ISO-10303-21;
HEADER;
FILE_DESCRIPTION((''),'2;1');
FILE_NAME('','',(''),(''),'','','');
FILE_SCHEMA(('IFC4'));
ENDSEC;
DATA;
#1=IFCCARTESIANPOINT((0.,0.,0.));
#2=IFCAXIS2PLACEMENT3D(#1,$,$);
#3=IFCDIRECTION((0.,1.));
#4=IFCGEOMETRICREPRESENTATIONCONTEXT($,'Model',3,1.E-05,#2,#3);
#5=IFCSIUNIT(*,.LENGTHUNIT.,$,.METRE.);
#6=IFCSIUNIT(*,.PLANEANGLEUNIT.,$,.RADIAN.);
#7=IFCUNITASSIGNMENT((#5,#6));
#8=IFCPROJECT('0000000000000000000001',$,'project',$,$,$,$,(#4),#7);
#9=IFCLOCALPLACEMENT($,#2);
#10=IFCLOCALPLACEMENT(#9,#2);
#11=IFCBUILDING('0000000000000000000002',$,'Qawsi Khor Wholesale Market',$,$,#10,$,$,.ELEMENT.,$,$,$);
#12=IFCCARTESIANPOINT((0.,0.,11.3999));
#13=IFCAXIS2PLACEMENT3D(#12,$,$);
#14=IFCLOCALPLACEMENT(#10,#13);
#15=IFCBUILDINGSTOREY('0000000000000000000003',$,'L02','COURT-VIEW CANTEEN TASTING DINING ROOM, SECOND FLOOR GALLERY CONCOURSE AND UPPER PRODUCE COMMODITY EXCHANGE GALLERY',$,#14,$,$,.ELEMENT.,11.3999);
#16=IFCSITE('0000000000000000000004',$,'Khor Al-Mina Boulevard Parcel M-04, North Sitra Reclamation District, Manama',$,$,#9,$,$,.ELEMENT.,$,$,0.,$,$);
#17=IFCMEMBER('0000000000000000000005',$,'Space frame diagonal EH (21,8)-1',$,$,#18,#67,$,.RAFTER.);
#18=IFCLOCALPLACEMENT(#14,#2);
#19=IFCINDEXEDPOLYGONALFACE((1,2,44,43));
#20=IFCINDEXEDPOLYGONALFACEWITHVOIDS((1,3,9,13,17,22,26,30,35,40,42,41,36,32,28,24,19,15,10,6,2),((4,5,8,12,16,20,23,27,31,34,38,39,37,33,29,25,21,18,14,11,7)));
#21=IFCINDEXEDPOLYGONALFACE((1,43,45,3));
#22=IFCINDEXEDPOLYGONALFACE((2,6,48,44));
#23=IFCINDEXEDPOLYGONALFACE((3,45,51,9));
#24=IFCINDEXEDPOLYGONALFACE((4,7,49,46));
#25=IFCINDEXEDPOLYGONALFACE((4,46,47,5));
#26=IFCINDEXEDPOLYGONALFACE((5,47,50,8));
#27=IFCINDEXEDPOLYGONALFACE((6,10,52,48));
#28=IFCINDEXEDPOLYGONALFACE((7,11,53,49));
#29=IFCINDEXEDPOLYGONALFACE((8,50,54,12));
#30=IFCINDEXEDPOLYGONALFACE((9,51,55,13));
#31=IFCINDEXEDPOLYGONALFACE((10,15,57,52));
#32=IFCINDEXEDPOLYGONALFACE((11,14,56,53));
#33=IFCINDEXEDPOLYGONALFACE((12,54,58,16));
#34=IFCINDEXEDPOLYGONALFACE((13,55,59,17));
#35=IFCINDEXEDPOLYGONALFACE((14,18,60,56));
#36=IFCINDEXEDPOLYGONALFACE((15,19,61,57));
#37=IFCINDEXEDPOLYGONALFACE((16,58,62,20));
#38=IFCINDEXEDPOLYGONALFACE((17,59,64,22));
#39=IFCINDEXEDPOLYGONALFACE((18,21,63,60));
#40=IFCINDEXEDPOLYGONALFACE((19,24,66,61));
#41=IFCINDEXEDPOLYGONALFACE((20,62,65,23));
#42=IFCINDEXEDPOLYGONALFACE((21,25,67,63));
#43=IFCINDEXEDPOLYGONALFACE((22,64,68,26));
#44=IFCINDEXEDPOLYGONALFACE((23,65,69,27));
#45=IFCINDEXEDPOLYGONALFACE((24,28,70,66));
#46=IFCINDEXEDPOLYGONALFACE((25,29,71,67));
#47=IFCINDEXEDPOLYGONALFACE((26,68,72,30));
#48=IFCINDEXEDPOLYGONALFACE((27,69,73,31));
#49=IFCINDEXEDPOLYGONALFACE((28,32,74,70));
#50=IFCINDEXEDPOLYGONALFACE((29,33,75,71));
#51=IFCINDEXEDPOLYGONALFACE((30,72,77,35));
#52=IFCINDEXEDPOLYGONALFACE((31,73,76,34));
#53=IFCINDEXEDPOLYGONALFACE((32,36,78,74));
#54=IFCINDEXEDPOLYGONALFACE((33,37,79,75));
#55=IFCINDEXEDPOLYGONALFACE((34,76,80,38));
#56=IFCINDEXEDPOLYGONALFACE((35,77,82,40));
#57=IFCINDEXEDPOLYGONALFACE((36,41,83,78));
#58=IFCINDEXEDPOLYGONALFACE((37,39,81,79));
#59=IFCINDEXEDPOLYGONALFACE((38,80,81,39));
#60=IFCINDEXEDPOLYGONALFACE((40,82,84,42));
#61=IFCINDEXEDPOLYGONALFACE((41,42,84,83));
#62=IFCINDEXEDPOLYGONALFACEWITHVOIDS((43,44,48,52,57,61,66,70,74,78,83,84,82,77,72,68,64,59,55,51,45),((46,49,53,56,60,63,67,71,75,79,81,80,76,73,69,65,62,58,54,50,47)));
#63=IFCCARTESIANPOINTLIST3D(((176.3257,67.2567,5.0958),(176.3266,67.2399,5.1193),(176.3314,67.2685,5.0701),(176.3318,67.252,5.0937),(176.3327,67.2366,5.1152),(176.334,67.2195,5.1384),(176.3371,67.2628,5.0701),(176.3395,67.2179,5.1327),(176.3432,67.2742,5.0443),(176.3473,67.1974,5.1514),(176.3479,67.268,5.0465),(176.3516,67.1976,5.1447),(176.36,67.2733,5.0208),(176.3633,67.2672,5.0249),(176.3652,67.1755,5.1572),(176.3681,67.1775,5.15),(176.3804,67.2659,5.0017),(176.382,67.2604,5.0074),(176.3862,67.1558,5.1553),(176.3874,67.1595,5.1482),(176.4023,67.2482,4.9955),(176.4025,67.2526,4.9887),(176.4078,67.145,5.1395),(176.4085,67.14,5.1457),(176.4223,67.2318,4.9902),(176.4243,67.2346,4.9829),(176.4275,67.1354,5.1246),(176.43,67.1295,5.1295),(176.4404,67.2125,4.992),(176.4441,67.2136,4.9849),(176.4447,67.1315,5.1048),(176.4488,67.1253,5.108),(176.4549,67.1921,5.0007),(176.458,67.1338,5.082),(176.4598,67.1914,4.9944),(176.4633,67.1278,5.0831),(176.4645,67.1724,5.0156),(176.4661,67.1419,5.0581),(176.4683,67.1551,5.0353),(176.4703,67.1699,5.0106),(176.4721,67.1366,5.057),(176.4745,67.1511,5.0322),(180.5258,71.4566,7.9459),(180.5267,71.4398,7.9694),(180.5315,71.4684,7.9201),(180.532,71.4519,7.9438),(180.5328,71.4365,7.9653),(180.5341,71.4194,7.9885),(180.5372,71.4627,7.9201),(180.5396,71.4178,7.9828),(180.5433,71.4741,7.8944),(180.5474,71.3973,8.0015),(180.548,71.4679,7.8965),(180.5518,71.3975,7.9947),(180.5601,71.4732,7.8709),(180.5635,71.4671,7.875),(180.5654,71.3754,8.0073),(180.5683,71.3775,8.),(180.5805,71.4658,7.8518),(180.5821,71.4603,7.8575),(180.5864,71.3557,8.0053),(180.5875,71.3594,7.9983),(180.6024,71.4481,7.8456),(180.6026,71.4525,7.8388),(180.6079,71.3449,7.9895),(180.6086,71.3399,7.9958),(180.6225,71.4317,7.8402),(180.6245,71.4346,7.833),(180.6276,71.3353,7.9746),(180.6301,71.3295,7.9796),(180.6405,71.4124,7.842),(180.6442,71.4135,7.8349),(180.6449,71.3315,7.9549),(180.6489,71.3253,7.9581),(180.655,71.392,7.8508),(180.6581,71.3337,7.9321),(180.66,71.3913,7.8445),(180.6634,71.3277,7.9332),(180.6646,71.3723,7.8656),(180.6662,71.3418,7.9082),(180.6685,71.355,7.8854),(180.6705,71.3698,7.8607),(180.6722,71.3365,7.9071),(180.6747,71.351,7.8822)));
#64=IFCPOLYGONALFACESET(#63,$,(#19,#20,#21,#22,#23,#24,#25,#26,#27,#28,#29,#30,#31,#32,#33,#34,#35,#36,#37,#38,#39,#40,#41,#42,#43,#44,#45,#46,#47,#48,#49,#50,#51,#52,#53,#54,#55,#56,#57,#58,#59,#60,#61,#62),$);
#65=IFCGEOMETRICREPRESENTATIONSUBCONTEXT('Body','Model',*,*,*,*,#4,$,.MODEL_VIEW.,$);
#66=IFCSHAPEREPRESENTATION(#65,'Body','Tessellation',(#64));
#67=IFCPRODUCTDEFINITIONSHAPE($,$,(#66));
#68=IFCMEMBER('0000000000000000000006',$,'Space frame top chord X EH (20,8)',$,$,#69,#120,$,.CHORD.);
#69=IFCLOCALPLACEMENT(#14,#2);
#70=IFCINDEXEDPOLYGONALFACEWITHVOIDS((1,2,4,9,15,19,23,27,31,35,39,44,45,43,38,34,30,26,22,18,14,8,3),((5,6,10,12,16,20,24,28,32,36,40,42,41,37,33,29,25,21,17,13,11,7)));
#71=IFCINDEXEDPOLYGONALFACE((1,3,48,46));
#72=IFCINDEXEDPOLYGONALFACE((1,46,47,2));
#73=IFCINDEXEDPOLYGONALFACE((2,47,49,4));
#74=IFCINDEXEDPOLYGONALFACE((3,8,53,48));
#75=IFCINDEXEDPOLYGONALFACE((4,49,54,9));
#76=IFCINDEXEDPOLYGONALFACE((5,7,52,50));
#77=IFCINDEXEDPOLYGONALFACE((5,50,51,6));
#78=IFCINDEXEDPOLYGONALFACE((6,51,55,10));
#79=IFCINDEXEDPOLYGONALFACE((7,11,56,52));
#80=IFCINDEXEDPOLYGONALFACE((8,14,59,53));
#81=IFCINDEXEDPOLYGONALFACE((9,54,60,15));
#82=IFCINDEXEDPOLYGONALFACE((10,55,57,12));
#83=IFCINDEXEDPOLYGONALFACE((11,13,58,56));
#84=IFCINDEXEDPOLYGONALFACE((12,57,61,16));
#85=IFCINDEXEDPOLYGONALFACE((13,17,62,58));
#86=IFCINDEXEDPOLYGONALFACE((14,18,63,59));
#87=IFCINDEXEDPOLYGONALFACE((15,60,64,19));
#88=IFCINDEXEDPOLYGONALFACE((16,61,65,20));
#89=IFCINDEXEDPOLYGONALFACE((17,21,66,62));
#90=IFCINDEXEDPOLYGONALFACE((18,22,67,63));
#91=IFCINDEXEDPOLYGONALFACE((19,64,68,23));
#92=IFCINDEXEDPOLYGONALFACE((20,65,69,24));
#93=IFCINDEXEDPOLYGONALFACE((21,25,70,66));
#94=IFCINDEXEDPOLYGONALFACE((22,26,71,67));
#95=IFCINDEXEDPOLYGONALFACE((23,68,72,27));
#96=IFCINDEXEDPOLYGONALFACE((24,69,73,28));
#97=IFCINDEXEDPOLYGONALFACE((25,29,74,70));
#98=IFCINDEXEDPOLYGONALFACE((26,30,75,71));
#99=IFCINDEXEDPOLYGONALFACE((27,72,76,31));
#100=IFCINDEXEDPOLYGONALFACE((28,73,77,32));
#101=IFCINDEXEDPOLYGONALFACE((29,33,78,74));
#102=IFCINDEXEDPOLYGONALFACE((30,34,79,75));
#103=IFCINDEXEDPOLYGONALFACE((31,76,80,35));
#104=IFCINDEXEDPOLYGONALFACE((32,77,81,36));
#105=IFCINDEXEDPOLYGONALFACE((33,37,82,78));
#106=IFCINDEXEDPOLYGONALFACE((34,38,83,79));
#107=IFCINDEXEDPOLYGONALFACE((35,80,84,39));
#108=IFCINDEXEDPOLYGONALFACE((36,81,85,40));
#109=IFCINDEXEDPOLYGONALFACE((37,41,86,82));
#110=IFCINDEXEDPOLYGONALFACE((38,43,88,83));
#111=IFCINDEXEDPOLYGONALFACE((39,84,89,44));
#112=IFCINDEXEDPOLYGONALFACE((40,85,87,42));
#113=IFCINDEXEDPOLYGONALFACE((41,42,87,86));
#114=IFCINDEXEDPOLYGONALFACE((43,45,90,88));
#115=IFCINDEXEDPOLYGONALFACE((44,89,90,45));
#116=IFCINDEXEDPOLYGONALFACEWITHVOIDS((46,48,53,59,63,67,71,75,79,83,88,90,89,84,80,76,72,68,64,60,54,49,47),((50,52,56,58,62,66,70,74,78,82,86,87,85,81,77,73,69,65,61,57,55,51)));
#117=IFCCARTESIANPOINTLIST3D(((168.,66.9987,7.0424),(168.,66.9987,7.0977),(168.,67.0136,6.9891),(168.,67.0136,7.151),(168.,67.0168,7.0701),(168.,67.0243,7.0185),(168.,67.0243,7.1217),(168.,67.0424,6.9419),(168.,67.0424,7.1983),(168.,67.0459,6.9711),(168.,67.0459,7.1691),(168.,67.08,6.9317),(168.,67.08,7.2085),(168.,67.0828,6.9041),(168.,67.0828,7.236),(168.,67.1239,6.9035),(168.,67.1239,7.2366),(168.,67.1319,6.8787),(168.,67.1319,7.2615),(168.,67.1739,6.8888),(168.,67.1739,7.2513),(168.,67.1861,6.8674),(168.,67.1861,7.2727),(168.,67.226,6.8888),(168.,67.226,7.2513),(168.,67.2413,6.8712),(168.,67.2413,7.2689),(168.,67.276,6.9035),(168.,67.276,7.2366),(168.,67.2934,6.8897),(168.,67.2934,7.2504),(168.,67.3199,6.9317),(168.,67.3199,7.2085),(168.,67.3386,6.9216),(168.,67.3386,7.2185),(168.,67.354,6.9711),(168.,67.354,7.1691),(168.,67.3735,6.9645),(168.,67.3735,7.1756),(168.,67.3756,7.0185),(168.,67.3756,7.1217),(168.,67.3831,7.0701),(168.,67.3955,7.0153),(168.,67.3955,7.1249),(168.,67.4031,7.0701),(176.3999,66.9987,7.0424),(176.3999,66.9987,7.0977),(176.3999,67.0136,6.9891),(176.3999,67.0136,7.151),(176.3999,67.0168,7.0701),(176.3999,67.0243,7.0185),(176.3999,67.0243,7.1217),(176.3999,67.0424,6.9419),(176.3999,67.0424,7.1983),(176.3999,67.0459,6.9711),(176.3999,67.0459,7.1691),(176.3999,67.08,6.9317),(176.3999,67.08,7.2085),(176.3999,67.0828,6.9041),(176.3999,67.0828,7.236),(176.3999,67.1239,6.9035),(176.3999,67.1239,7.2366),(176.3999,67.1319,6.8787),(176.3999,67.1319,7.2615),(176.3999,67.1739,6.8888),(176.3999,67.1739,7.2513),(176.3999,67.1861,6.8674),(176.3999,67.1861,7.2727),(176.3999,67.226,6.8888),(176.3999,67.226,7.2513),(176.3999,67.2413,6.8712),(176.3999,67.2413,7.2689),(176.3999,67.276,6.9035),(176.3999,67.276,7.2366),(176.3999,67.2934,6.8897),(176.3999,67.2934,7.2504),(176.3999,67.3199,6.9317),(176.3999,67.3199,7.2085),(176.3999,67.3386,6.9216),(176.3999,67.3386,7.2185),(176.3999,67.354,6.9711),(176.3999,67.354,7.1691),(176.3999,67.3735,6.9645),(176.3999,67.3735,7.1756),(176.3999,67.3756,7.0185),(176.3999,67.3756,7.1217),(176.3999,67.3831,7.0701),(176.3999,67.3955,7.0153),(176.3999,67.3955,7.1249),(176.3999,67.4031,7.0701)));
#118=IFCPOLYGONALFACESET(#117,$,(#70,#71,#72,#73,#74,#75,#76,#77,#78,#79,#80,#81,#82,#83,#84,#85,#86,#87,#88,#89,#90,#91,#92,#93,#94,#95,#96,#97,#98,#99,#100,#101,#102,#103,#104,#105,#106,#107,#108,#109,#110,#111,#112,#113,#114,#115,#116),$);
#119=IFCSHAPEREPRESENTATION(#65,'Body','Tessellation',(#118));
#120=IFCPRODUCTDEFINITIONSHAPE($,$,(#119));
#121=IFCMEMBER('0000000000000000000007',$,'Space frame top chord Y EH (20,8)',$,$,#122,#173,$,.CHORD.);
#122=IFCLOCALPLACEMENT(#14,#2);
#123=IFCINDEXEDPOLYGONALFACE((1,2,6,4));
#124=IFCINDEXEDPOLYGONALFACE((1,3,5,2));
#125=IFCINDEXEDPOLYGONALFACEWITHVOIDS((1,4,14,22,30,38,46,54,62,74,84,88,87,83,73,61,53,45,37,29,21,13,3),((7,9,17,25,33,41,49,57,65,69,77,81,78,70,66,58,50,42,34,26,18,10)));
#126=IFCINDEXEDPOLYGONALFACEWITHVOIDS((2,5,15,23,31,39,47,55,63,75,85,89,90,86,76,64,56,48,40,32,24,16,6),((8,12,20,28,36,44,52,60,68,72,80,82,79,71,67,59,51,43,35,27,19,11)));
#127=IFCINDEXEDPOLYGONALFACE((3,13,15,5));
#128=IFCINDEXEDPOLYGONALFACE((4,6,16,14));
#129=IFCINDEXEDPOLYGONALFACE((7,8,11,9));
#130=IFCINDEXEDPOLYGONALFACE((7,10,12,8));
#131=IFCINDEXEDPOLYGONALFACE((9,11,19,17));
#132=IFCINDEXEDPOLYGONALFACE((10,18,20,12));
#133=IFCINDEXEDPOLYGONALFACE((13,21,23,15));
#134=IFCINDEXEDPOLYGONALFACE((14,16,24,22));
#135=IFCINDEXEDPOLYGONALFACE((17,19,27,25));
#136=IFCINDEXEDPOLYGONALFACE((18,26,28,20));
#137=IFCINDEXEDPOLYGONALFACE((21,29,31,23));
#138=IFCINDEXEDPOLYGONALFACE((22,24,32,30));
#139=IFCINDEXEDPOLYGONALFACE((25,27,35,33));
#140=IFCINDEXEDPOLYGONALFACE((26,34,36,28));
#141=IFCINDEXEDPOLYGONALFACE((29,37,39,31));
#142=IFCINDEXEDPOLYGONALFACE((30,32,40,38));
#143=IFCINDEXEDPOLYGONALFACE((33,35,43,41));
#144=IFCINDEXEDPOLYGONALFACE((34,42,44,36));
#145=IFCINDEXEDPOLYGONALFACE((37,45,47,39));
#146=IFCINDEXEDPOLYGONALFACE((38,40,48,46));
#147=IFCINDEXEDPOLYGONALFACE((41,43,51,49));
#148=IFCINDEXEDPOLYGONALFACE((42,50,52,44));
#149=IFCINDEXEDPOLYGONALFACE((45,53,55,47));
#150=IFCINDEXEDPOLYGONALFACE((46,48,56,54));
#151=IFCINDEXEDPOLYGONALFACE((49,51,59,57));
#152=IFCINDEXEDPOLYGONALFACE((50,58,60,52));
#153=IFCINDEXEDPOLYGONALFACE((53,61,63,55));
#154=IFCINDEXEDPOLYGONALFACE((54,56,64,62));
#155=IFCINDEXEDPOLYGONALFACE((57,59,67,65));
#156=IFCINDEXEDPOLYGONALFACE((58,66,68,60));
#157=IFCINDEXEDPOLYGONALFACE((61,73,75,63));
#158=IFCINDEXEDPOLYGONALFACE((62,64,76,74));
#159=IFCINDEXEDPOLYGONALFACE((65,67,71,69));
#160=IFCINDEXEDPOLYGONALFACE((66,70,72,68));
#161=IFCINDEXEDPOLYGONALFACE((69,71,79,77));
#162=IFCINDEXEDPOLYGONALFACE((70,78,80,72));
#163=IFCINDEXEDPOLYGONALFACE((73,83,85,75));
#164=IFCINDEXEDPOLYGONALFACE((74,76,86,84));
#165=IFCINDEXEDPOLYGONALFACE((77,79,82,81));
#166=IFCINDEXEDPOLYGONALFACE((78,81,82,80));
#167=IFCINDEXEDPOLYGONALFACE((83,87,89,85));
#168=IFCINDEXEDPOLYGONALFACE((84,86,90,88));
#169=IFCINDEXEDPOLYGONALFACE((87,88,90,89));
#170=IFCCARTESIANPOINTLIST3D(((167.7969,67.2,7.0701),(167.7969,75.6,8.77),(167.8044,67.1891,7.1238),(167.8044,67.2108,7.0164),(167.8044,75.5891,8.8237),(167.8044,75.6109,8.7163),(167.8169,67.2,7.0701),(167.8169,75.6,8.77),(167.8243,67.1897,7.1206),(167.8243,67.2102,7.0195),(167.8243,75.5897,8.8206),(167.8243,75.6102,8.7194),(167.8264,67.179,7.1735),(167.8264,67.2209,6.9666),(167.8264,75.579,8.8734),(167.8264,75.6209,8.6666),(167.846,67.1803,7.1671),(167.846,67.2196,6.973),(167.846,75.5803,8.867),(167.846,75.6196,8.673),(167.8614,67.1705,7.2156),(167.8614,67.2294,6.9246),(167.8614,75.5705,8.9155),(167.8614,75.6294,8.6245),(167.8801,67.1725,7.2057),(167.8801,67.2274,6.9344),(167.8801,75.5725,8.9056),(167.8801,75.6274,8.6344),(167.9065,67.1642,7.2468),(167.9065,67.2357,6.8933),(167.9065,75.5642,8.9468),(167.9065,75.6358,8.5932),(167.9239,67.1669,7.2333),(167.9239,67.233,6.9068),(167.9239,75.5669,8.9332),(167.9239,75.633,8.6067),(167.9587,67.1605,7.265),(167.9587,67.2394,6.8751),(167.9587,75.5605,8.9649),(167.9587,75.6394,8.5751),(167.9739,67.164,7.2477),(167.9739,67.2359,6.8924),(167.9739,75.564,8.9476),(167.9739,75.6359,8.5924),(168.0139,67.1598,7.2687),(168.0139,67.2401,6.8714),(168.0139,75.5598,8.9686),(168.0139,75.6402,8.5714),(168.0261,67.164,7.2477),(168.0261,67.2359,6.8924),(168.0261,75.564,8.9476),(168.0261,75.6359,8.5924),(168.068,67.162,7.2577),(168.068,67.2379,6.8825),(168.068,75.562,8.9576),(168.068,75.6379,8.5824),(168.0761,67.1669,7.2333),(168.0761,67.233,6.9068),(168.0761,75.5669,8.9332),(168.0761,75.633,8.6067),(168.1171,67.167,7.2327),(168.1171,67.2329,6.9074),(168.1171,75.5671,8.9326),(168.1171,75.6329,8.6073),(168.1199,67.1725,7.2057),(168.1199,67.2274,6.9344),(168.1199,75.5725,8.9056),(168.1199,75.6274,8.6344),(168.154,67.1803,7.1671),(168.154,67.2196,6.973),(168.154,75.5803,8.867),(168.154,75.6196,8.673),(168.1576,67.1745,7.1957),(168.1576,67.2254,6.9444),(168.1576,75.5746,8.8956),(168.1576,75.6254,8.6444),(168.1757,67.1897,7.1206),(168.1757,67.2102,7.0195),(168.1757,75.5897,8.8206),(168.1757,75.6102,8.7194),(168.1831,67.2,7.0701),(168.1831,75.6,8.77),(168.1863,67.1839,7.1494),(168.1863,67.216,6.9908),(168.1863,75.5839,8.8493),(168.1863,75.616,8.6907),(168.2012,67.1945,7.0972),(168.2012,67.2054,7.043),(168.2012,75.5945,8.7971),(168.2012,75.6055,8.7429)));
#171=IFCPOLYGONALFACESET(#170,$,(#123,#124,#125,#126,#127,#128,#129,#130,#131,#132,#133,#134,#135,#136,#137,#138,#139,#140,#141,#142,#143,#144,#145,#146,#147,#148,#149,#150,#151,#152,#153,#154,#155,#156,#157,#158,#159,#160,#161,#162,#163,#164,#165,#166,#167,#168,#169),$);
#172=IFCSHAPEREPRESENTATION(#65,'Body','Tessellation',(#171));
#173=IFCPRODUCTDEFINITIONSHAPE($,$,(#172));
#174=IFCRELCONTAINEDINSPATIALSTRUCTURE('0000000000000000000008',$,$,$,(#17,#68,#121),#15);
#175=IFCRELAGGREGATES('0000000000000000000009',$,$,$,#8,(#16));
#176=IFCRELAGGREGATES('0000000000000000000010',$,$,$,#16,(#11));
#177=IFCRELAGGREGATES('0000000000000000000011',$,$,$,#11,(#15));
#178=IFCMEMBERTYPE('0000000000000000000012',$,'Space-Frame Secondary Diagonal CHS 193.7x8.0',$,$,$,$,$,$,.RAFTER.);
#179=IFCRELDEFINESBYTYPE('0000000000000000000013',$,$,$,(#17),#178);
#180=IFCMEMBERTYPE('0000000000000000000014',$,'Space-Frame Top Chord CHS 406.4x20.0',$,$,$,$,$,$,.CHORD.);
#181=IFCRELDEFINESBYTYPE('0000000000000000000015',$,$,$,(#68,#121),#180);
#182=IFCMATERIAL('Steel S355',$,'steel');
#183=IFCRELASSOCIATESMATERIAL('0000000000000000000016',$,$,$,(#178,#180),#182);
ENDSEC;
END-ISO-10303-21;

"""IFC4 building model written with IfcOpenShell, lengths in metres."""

from ifc_helpers import new_model, si_unit, direction, frame, origin, origin_2d, place, context, subcontext, project, spatial, hollow_circle, extrude, material, material_profile, profile_set, type_object, element, save


model = new_model("IFC4")

# Units and contexts
model_context = context("Model", 3, precision=1e-05, world=origin(), true_north=direction((0.0, 1.0)))
body_context = subcontext(model_context, "Body", "Model", "MODEL_VIEW")
ifc_project = project(units=[si_unit("LENGTHUNIT", "METRE"), si_unit("PLANEANGLEUNIT", "RADIAN")], contexts=[model_context])

# Site, building, storey
site_placement = place(None, origin())
site = spatial("IfcSite", under=ifc_project, at=site_placement, Name="Khor Al-Mina Boulevard Parcel M-04, North Sitra Reclamation District, Manama", CompositionType="ELEMENT", RefElevation=0.0)
building_placement = place(site_placement, origin())
building = spatial("IfcBuilding", under=site, at=building_placement, Name="Qawsi Khor Wholesale Market", CompositionType="ELEMENT")
storey_placement = place(building_placement, frame((0.0, 0.0, 11.3999)))
storey = spatial("IfcBuildingStorey", under=building, at=storey_placement, Name="L02", Description="COURT-VIEW CANTEEN TASTING DINING ROOM, SECOND FLOOR GALLERY CONCOURSE AND UPPER PRODUCE COMMODITY EXCHANGE GALLERY", CompositionType="ELEMENT", Elevation=11.3999)

# Members
ifc_material_1 = material(Name="Steel S355", Category="steel")
ifc_material_profile_1 = material_profile(ifc_material_1, hollow_circle(Radius=0.0969, WallThickness=0.0081, at=origin_2d()), Name="CHS 193.7x8.0")
ifc_profile_set_1 = profile_set([ifc_material_profile_1], Name="Steel S355")
member_type_1 = type_object("IfcMemberType", Name="Space-Frame Secondary Diagonal CHS 193.7x8.0", PredefinedType="RAFTER", material=ifc_profile_set_1)
member_1_placement = place(storey_placement, frame((176.3999, 67.2, 5.0701), z_axis=(0.637534, 0.637497, 0.432607), x_axis=(-0.707086, 0.707127, 0.0)))
element("IfcMember", 1, at=member_1_placement, inside=storey, type_object=member_type_1, Name="Space frame diagonal EH (21,8)-1", PredefinedType="RAFTER", context=body_context, shape_type="SweptSolid", body=[
    extrude(hollow_circle(Radius=0.0969, WallThickness=0.0081, at=origin_2d()), origin(), (0.0, 0.0, 1.0), 6.5881),
])
ifc_material_profile_2 = material_profile(ifc_material_1, hollow_circle(Radius=0.2031, WallThickness=0.02, at=origin_2d()), Name="CHS 406.4x20.0")
ifc_profile_set_2 = profile_set([ifc_material_profile_2], Name="Steel S355")
member_type_2 = type_object("IfcMemberType", Name="Space-Frame Top Chord CHS 406.4x20.0", PredefinedType="CHORD", material=ifc_profile_set_2)
member_2_placement = place(storey_placement, frame((168.0, 67.2, 7.0701), z_axis=(1.0, 0.0, 0.0), x_axis=(0.0, 1.0, 0.0)))
element("IfcMember", 2, at=member_2_placement, inside=storey, type_object=member_type_2, Name="Space frame top chord X EH (20,8)", PredefinedType="CHORD", context=body_context, shape_type="SweptSolid", body=[
    extrude(hollow_circle(Radius=0.2031, WallThickness=0.02, at=origin_2d()), origin(), (0.0, 0.0, 1.0), 8.3999),
])
for number, where, z_axis, x_axis, name in (
    (3, (168.0, 67.2, 7.0701), (0.0, 0.980131, 0.198351), (-1.0, 0.0, 0.0), "Space frame top chord Y EH (20,8)"),
):
    element("IfcMember", number, at=place(storey_placement, frame(where, z_axis=z_axis, x_axis=x_axis)), inside=storey, type_object=member_type_2, Name=name, PredefinedType="CHORD", context=body_context, shape_type="SweptSolid", body=[
        extrude(hollow_circle(Radius=0.2031, WallThickness=0.02, at=origin_2d()), origin(), (0.0, 0.0, 1.0), 8.5703),
    ])

save(model, "model.ifc")
